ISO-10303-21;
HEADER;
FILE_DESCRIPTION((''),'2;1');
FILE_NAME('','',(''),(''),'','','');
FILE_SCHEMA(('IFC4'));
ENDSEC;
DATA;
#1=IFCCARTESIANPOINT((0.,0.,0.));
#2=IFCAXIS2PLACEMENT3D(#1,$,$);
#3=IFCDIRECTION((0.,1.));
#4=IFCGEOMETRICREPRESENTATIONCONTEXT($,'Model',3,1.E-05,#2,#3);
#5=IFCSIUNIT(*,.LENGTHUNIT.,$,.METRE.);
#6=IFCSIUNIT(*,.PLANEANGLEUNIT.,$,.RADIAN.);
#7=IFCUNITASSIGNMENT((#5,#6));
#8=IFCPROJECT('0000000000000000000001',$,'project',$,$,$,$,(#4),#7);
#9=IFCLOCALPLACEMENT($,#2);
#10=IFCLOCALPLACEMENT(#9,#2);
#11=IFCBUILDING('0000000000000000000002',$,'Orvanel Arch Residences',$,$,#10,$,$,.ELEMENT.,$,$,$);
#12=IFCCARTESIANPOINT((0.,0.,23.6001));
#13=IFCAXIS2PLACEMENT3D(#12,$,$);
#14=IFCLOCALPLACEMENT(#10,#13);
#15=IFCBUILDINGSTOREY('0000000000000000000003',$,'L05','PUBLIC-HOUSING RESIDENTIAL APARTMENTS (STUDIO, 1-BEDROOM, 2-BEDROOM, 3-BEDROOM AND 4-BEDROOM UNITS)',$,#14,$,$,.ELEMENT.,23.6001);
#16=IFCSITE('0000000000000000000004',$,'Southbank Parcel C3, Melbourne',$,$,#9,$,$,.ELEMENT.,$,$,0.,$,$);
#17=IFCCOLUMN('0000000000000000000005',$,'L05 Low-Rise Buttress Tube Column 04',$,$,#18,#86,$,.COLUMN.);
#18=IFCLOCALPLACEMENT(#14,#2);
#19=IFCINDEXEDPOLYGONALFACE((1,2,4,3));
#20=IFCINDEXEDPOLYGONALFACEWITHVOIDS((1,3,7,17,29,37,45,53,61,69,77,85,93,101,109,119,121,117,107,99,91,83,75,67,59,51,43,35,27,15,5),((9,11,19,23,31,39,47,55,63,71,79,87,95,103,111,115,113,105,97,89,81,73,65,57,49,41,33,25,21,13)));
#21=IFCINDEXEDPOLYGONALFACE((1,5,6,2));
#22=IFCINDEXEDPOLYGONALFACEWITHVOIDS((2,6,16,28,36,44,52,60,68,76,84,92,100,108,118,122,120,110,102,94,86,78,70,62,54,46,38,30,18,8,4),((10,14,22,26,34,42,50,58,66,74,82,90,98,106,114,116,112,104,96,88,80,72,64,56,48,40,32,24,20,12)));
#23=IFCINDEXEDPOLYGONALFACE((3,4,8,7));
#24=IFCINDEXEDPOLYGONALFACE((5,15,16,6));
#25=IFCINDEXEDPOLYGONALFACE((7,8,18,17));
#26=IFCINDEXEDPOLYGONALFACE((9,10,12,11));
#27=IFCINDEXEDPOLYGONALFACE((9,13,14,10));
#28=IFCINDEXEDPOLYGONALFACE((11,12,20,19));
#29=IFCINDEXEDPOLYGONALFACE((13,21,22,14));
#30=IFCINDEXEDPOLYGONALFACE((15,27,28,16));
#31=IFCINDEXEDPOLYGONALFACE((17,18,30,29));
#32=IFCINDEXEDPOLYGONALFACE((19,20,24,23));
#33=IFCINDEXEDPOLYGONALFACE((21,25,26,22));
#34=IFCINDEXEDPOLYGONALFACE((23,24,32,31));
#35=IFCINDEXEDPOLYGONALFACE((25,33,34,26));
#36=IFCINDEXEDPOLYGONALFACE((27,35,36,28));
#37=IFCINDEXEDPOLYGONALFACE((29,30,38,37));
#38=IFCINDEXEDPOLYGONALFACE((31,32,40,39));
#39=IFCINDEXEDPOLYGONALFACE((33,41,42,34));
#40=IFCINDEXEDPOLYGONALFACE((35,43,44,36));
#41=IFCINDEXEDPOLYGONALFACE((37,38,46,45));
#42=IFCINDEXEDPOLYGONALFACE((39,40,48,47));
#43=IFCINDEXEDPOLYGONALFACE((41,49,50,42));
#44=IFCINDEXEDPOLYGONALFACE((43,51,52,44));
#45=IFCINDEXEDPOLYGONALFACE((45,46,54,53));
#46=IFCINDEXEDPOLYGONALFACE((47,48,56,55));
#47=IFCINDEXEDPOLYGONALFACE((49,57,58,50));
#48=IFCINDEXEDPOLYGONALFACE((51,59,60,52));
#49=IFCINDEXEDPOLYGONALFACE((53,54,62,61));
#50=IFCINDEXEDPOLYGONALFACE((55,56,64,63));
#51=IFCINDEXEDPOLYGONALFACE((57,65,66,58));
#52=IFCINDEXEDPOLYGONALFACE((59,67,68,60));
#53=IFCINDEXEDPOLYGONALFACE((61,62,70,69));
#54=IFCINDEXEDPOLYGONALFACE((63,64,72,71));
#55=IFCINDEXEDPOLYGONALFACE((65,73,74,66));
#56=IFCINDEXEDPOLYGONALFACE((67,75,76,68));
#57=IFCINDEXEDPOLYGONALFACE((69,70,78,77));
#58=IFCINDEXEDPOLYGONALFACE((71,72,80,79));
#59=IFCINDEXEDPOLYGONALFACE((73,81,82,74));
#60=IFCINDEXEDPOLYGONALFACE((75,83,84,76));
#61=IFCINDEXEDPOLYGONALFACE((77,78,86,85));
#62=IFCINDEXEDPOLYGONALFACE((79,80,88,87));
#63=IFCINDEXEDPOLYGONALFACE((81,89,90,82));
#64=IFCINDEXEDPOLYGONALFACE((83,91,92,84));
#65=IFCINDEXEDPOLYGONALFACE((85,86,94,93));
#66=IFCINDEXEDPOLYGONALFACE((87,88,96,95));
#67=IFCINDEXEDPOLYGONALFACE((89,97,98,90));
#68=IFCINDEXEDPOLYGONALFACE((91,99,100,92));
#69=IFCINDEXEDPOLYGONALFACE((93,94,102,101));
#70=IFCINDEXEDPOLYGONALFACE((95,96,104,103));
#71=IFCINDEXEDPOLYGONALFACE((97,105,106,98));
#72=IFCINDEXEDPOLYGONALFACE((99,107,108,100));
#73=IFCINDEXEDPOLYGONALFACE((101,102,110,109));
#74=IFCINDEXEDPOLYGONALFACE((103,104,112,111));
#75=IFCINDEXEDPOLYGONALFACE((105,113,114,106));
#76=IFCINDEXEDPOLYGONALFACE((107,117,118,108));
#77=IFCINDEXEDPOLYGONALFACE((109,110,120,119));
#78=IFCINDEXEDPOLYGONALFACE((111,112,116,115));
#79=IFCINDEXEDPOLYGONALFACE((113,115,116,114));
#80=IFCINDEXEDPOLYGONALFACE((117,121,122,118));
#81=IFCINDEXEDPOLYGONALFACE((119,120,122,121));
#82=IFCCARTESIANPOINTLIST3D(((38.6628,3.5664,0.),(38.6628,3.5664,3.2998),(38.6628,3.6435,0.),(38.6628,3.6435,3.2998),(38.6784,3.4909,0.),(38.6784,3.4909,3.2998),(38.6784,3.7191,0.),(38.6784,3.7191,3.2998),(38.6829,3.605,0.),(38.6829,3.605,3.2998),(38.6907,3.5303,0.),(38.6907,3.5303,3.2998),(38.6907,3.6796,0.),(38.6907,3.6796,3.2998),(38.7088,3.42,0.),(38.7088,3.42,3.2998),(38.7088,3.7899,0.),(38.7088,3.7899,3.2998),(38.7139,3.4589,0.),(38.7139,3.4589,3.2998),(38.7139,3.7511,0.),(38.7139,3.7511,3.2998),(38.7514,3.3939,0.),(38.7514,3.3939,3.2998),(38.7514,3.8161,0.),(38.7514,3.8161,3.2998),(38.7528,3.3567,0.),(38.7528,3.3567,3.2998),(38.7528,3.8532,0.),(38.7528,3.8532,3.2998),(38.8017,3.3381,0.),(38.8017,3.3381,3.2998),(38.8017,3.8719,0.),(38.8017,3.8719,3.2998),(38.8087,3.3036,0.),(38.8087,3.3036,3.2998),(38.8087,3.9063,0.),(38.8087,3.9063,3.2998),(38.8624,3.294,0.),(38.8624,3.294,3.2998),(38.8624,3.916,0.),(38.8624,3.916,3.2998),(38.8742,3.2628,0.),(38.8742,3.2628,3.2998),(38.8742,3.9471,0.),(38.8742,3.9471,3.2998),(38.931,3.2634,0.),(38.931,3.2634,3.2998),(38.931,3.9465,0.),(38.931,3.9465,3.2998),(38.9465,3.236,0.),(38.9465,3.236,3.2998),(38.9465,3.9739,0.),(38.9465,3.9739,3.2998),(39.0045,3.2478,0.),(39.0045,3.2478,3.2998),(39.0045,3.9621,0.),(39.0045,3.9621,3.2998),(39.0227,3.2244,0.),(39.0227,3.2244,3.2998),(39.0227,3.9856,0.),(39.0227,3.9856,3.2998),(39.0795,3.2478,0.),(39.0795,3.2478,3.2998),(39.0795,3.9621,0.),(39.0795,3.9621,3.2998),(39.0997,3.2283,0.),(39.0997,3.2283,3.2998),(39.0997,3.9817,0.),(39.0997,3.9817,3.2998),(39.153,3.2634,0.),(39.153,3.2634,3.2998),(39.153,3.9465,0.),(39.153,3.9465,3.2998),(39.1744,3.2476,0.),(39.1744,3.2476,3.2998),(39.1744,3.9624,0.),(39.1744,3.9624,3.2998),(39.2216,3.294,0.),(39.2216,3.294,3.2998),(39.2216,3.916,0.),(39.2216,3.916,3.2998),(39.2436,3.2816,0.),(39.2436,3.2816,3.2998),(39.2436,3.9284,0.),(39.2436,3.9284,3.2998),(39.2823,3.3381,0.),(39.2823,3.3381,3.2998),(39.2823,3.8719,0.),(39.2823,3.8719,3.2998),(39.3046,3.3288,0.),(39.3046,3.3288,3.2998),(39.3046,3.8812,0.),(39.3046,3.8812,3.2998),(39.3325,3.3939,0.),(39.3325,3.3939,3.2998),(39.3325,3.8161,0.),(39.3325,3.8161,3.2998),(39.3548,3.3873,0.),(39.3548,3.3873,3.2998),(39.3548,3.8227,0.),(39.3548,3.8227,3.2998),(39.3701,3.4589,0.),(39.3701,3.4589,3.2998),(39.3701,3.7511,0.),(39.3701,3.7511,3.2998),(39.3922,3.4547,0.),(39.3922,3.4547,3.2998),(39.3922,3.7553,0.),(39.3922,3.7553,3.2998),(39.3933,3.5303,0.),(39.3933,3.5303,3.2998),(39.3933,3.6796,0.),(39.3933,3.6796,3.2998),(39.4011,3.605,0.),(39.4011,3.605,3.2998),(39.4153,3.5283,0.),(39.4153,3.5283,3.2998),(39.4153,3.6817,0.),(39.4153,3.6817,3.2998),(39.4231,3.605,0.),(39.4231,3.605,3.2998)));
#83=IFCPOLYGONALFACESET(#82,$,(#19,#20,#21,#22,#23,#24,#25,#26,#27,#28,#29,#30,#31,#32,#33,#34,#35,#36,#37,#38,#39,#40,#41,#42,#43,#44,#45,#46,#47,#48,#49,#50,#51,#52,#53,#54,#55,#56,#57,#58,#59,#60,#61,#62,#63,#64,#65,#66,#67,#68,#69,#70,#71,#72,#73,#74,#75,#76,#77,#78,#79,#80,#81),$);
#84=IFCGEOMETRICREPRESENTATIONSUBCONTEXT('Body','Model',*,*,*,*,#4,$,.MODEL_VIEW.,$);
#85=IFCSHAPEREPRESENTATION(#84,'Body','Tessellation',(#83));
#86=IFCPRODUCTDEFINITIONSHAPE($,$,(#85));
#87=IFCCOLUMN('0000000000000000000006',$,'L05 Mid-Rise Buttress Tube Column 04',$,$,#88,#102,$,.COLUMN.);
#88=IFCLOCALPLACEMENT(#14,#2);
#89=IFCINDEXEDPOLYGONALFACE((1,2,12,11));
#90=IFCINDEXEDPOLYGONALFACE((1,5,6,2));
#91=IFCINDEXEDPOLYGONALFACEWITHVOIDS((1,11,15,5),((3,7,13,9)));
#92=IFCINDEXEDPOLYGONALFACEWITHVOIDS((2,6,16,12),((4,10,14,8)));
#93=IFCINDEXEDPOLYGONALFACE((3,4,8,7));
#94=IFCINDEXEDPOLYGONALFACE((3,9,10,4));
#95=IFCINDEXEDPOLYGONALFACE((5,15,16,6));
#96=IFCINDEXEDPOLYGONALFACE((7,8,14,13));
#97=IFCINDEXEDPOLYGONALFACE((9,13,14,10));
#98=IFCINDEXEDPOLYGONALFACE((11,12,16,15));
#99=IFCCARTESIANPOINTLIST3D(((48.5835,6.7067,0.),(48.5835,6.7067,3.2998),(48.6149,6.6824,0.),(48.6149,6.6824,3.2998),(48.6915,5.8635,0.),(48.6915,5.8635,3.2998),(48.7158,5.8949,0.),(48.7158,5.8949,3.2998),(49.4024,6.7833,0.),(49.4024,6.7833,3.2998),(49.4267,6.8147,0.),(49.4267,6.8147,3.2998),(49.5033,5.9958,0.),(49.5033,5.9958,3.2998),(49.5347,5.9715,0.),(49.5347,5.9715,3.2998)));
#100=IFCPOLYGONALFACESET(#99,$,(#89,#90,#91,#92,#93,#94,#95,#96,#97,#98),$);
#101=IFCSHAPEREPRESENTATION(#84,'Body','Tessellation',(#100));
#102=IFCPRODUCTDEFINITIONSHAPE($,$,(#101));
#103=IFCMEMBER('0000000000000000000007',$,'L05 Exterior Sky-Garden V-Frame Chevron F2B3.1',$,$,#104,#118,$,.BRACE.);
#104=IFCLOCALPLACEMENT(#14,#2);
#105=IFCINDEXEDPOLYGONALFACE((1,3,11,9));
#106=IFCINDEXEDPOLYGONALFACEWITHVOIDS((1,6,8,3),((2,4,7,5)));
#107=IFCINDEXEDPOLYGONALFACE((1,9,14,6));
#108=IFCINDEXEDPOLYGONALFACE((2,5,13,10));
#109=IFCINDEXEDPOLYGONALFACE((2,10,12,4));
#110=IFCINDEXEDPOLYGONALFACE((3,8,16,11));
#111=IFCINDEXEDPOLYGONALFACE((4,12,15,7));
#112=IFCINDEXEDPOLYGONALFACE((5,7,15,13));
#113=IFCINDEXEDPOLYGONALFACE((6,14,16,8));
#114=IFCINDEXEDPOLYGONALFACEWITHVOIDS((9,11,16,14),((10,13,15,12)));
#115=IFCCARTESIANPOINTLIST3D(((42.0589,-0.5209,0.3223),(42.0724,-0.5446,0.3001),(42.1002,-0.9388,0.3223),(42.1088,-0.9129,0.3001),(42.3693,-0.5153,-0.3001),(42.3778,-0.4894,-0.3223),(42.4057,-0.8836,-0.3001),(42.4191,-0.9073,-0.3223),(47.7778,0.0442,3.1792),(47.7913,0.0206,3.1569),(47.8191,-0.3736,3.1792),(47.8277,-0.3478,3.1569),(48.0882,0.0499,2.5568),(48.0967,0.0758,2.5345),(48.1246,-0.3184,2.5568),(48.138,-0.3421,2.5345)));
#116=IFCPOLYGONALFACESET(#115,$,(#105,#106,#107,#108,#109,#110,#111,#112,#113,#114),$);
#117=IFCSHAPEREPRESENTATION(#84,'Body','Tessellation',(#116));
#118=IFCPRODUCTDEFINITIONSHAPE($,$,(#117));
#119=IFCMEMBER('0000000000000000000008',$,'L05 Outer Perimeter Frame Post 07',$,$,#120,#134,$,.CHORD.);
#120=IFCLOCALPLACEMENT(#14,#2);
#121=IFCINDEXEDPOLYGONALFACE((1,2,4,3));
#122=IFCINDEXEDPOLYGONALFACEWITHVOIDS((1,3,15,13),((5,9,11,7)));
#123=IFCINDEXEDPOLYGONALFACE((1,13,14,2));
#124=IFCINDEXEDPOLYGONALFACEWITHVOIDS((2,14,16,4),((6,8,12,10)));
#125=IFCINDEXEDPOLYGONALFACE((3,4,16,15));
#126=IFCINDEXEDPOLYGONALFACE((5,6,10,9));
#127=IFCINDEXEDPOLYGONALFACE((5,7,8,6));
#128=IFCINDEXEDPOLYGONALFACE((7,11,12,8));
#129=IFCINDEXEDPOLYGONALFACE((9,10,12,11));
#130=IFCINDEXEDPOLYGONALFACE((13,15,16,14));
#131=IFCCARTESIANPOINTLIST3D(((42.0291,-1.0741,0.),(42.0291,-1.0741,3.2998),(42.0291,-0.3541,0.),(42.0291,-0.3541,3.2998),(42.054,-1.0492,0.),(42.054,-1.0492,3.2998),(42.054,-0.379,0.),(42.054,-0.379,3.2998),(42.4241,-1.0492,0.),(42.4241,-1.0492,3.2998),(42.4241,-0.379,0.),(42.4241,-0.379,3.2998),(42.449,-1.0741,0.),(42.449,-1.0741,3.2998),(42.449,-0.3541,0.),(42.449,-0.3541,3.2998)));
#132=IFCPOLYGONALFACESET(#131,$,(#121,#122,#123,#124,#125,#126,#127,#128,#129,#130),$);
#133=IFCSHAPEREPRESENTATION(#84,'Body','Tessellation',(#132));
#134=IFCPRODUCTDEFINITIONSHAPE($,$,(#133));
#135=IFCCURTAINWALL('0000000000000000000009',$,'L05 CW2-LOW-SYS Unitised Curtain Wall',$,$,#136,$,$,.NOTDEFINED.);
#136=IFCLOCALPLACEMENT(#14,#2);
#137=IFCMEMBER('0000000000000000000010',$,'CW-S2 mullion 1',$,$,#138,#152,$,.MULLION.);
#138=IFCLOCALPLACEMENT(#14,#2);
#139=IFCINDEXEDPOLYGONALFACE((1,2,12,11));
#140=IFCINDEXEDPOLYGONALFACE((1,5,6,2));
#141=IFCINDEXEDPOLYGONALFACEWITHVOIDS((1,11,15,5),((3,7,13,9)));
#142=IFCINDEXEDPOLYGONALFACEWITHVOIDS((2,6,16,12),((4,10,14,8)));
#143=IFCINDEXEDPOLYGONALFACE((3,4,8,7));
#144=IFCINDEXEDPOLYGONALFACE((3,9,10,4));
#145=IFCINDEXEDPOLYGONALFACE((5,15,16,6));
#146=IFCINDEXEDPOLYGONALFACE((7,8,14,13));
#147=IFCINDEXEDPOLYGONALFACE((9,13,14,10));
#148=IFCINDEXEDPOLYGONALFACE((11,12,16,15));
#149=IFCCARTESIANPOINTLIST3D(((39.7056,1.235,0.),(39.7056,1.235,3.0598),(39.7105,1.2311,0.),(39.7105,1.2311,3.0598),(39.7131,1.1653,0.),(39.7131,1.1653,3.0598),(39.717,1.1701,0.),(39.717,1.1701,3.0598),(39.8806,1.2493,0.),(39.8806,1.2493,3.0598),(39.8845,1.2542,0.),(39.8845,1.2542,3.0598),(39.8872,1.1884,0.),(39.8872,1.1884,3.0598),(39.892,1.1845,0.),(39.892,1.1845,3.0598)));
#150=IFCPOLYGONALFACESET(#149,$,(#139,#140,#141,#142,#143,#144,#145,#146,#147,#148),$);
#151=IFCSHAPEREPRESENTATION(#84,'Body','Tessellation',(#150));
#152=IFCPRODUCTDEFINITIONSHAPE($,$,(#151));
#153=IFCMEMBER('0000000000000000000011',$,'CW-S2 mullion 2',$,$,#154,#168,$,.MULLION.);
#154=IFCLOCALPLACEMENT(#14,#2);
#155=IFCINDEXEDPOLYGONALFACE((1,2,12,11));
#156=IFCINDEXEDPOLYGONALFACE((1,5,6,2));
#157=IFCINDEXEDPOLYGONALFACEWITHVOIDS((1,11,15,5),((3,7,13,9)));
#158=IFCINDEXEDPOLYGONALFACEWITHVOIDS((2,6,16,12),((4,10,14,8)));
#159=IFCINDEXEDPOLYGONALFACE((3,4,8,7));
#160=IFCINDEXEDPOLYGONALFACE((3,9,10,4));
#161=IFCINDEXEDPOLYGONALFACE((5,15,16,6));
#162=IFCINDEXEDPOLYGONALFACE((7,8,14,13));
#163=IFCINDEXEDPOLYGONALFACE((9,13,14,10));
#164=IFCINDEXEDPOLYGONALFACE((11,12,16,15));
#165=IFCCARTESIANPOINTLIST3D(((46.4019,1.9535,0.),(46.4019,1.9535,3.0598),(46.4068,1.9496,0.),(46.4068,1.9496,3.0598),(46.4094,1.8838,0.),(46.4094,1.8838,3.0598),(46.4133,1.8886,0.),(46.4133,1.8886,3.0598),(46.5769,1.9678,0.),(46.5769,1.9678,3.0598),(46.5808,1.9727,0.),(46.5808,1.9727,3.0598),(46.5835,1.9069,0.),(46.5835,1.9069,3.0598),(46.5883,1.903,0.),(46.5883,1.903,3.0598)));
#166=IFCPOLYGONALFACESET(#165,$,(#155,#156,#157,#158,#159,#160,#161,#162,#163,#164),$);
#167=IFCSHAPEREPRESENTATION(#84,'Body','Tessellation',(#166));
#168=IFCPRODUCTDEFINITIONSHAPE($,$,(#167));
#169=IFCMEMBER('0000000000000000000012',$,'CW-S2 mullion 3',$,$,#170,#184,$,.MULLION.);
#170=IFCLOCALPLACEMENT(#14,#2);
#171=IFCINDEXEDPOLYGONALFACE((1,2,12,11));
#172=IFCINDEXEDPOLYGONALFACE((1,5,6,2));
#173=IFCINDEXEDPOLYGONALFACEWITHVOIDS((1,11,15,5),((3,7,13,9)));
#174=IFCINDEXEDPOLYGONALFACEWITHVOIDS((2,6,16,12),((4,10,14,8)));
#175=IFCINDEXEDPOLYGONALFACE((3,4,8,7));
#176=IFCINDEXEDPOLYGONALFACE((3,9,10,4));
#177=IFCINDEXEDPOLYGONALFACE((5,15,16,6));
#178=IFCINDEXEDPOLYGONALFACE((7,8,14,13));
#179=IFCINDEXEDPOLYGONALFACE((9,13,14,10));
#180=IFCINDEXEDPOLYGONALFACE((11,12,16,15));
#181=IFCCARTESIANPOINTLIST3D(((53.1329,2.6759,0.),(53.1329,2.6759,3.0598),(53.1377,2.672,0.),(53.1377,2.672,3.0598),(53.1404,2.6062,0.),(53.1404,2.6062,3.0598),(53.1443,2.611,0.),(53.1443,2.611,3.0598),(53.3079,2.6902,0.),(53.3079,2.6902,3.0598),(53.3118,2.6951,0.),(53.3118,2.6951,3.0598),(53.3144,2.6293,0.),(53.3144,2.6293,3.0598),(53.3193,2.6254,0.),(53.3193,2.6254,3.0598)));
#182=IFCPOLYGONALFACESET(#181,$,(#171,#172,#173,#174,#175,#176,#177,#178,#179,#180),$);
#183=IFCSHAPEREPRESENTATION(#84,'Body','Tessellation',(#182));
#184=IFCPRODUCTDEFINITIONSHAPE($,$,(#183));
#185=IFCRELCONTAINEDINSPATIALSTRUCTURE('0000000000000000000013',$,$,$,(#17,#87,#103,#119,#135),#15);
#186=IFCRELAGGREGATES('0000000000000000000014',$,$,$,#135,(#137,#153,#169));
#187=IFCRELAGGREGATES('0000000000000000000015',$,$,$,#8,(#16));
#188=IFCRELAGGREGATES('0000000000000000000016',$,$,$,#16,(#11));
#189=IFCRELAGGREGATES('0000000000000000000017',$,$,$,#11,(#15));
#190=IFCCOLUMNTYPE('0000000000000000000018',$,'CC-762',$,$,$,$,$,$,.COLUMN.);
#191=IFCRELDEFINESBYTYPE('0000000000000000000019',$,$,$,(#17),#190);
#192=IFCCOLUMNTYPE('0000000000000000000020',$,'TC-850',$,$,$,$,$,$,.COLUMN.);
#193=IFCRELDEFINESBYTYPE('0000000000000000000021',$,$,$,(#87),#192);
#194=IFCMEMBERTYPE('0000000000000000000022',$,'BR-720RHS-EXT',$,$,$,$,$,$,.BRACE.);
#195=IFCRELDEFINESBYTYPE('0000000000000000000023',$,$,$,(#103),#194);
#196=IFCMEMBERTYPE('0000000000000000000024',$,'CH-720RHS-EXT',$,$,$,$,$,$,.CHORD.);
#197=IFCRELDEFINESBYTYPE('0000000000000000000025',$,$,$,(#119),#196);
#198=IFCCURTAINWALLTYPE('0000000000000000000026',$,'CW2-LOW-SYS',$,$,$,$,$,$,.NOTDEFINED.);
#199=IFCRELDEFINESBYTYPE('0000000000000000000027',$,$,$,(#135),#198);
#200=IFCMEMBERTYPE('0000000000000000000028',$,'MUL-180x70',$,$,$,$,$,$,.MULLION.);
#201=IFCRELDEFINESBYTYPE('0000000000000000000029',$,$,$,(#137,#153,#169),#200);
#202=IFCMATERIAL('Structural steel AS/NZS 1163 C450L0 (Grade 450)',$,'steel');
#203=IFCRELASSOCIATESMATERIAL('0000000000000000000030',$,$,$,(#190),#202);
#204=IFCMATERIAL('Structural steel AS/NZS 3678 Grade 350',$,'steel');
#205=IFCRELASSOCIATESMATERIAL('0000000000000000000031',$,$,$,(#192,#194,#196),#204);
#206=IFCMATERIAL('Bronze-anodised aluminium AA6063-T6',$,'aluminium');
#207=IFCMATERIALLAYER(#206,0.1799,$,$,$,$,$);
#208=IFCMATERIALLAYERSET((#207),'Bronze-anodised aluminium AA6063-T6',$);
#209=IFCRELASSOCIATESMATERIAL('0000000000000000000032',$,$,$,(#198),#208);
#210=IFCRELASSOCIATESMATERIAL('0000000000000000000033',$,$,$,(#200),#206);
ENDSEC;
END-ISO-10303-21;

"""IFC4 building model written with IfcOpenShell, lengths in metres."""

from ifc_helpers import new_model, si_unit, direction, frame, origin, origin_2d, place, context, subcontext, project, spatial, hollow_rectangle, hollow_circle, extrude, material, layer, layer_set, material_profile, profile_set, type_object, element, aggregate, save


model = new_model("IFC4")

# Units and contexts
model_context = context("Model", 3, precision=1e-05, world=origin(), true_north=direction((0.0, 1.0)))
body_context = subcontext(model_context, "Body", "Model", "MODEL_VIEW")
ifc_project = project(units=[si_unit("LENGTHUNIT", "METRE"), si_unit("PLANEANGLEUNIT", "RADIAN")], contexts=[model_context])

# Site, building, storey
site_placement = place(None, origin())
site = spatial("IfcSite", under=ifc_project, at=site_placement, Name="Southbank Parcel C3, Melbourne", CompositionType="ELEMENT", RefElevation=0.0)
building_placement = place(site_placement, origin())
building = spatial("IfcBuilding", under=site, at=building_placement, Name="Orvanel Arch Residences", CompositionType="ELEMENT")
storey_placement = place(building_placement, frame((0.0, 0.0, 23.6001)))
storey = spatial("IfcBuildingStorey", under=building, at=storey_placement, Name="L05", Description="PUBLIC-HOUSING RESIDENTIAL APARTMENTS (STUDIO, 1-BEDROOM, 2-BEDROOM, 3-BEDROOM AND 4-BEDROOM UNITS)", CompositionType="ELEMENT", Elevation=23.6001)

# Columns
ifc_material_1 = material(Name="Structural steel AS/NZS 1163 C450L0 (Grade 450)", Category="steel")
ifc_material_profile_1 = material_profile(ifc_material_1, hollow_circle(Radius=0.3811, WallThickness=0.022, at=origin_2d()), Name="CHS762x22")
ifc_profile_set_1 = profile_set([ifc_material_profile_1], Name="Structural steel AS/NZS 1163 C450L0 (Grade 450)")
column_type_1 = type_object("IfcColumnType", Name="CC-762", PredefinedType="COLUMN", material=ifc_profile_set_1)
column_1_placement = place(storey_placement, frame((39.042, 3.605, 0.0), z_axis=(0.0, 0.0, 1.0), x_axis=(1.0, 0.0, 0.0)))
element("IfcColumn", 1, at=column_1_placement, inside=storey, type_object=column_type_1, Name="L05 Low-Rise Buttress Tube Column 04", PredefinedType="COLUMN", context=body_context, shape_type="SweptSolid", body=[
    extrude(hollow_circle(Radius=0.3811, WallThickness=0.022, at=origin_2d()), origin(), (0.0, 0.0, 1.0), 3.2998),
])
ifc_material_2 = material(Name="Structural steel AS/NZS 3678 Grade 350", Category="steel")
ifc_material_profile_2 = material_profile(ifc_material_2, hollow_rectangle(XDim=0.8501, YDim=0.8501, WallThickness=0.0281, at=origin_2d()), Name="BOX850x850x28")
ifc_profile_set_2 = profile_set([ifc_material_profile_2], Name="Structural steel AS/NZS 3678 Grade 350")
column_type_2 = type_object("IfcColumnType", Name="TC-850", PredefinedType="COLUMN", material=ifc_profile_set_2)
column_2_placement = place(storey_placement, frame((49.0591, 6.3391, 0.0), z_axis=(0.0, 0.0, 1.0), x_axis=(0.991894, 0.127065, 0.0)))
element("IfcColumn", 2, at=column_2_placement, inside=storey, type_object=column_type_2, Name="L05 Mid-Rise Buttress Tube Column 04", PredefinedType="COLUMN", context=body_context, shape_type="SweptSolid", body=[
    extrude(hollow_rectangle(XDim=0.8501, YDim=0.8501, WallThickness=0.0281, at=origin_2d()), origin(), (0.0, 0.0, 1.0), 3.2998),
])

# Members
ifc_material_profile_3 = material_profile(ifc_material_2, hollow_rectangle(XDim=0.4199, YDim=0.72, WallThickness=0.0249, at=origin_2d()), Name="RHS720x420x25")
ifc_profile_set_3 = profile_set([ifc_material_profile_3], Name="Structural steel AS/NZS 3678 Grade 350")
member_type_1 = type_object("IfcMemberType", Name="BR-720RHS-EXT", PredefinedType="BRACE", material=ifc_profile_set_3)
member_1_placement = place(storey_placement, frame((42.239, -0.7141, 0.0), z_axis=(0.891112, 0.088065, 0.445156), x_axis=(-0.098347, 0.995152, 0.0)))
element("IfcMember", 3, at=member_1_placement, inside=storey, type_object=member_type_1, Name="L05 Exterior Sky-Garden V-Frame Chevron F2B3.1", PredefinedType="BRACE", context=body_context, shape_type="SweptSolid", body=[
    extrude(hollow_rectangle(XDim=0.4199, YDim=0.72, WallThickness=0.0249, at=origin_2d()), origin(), (0.0, 0.0, 1.0), 6.4177),
])
ifc_material_profile_4 = material_profile(ifc_material_2, hollow_rectangle(XDim=0.4199, YDim=0.72, WallThickness=0.0249, at=origin_2d()), Name="RHS720x420x25")
ifc_profile_set_4 = profile_set([ifc_material_profile_4], Name="Structural steel AS/NZS 3678 Grade 350")
member_type_2 = type_object("IfcMemberType", Name="CH-720RHS-EXT", PredefinedType="CHORD", material=ifc_profile_set_4)
member_2_placement = place(storey_placement, frame((42.239, -0.7141, 0.0), z_axis=(0.0, 0.0, 1.0), x_axis=(1.0, 0.0, 0.0)))
element("IfcMember", 4, at=member_2_placement, inside=storey, type_object=member_type_2, Name="L05 Outer Perimeter Frame Post 07", PredefinedType="CHORD", context=body_context, shape_type="SweptSolid", body=[
    extrude(hollow_rectangle(XDim=0.4199, YDim=0.72, WallThickness=0.0249, at=origin_2d()), origin(), (0.0, 0.0, 1.0), 3.2998),
])

# Curtain wall, members
ifc_material_3 = material(Name="Bronze-anodised aluminium AA6063-T6", Category="aluminium")
ifc_layer_1 = layer(ifc_material_3, 0.1799)
ifc_layer_set_1 = layer_set([ifc_layer_1], Name="Bronze-anodised aluminium AA6063-T6")
curtain_wall_type = type_object("IfcCurtainWallType", Name="CW2-LOW-SYS", PredefinedType="NOTDEFINED", material=ifc_layer_set_1)
curtain_wall_placement = place(storey_placement, origin())
curtain_wall = element("IfcCurtainWall", 5, at=curtain_wall_placement, inside=storey, type_object=curtain_wall_type, Name="L05 CW2-LOW-SYS Unitised Curtain Wall", PredefinedType="NOTDEFINED")
ifc_material_profile_5 = material_profile(ifc_material_3, hollow_rectangle(XDim=0.0701, YDim=0.1799, WallThickness=0.0044, at=origin_2d()), Name="ALU180x70x4.5")
ifc_profile_set_5 = profile_set([ifc_material_profile_5], Name="Bronze-anodised aluminium AA6063-T6")
member_type_3 = type_object("IfcMemberType", Name="MUL-180x70", PredefinedType="MULLION", material=ifc_profile_set_5)
member_3_placement = place(storey_placement, frame((39.7988, 1.2097, 0.0), z_axis=(0.0, 0.0, 1.0), x_axis=(-0.106702, 0.994291, 0.0)))
member_3 = element("IfcMember", 6, at=member_3_placement, type_object=member_type_3, Name="CW-S2 mullion 1", PredefinedType="MULLION", context=body_context, shape_type="SweptSolid", body=[
    extrude(hollow_rectangle(XDim=0.0701, YDim=0.1799, WallThickness=0.0044, at=origin_2d()), origin(), (0.0, 0.0, 1.0), 3.0598),
])
member_4_placement = place(storey_placement, frame((46.4951, 1.9282, 0.0), z_axis=(0.0, 0.0, 1.0), x_axis=(-0.106702, 0.994291, 0.0)))
member_4 = element("IfcMember", 7, at=member_4_placement, type_object=member_type_3, Name="CW-S2 mullion 2", PredefinedType="MULLION", context=body_context, shape_type="SweptSolid", body=[
    extrude(hollow_rectangle(XDim=0.0701, YDim=0.1799, WallThickness=0.0044, at=origin_2d()), origin(), (0.0, 0.0, 1.0), 3.0598),
])
member_5_placement = place(storey_placement, frame((53.2261, 2.6506, 0.0), z_axis=(0.0, 0.0, 1.0), x_axis=(-0.106702, 0.994291, 0.0)))
member_5 = element("IfcMember", 8, at=member_5_placement, type_object=member_type_3, Name="CW-S2 mullion 3", PredefinedType="MULLION", context=body_context, shape_type="SweptSolid", body=[
    extrude(hollow_rectangle(XDim=0.0701, YDim=0.1799, WallThickness=0.0044, at=origin_2d()), origin(), (0.0, 0.0, 1.0), 3.0598),
])

aggregate(curtain_wall, [member_3, member_4, member_5])

save(model, "model.ifc")
